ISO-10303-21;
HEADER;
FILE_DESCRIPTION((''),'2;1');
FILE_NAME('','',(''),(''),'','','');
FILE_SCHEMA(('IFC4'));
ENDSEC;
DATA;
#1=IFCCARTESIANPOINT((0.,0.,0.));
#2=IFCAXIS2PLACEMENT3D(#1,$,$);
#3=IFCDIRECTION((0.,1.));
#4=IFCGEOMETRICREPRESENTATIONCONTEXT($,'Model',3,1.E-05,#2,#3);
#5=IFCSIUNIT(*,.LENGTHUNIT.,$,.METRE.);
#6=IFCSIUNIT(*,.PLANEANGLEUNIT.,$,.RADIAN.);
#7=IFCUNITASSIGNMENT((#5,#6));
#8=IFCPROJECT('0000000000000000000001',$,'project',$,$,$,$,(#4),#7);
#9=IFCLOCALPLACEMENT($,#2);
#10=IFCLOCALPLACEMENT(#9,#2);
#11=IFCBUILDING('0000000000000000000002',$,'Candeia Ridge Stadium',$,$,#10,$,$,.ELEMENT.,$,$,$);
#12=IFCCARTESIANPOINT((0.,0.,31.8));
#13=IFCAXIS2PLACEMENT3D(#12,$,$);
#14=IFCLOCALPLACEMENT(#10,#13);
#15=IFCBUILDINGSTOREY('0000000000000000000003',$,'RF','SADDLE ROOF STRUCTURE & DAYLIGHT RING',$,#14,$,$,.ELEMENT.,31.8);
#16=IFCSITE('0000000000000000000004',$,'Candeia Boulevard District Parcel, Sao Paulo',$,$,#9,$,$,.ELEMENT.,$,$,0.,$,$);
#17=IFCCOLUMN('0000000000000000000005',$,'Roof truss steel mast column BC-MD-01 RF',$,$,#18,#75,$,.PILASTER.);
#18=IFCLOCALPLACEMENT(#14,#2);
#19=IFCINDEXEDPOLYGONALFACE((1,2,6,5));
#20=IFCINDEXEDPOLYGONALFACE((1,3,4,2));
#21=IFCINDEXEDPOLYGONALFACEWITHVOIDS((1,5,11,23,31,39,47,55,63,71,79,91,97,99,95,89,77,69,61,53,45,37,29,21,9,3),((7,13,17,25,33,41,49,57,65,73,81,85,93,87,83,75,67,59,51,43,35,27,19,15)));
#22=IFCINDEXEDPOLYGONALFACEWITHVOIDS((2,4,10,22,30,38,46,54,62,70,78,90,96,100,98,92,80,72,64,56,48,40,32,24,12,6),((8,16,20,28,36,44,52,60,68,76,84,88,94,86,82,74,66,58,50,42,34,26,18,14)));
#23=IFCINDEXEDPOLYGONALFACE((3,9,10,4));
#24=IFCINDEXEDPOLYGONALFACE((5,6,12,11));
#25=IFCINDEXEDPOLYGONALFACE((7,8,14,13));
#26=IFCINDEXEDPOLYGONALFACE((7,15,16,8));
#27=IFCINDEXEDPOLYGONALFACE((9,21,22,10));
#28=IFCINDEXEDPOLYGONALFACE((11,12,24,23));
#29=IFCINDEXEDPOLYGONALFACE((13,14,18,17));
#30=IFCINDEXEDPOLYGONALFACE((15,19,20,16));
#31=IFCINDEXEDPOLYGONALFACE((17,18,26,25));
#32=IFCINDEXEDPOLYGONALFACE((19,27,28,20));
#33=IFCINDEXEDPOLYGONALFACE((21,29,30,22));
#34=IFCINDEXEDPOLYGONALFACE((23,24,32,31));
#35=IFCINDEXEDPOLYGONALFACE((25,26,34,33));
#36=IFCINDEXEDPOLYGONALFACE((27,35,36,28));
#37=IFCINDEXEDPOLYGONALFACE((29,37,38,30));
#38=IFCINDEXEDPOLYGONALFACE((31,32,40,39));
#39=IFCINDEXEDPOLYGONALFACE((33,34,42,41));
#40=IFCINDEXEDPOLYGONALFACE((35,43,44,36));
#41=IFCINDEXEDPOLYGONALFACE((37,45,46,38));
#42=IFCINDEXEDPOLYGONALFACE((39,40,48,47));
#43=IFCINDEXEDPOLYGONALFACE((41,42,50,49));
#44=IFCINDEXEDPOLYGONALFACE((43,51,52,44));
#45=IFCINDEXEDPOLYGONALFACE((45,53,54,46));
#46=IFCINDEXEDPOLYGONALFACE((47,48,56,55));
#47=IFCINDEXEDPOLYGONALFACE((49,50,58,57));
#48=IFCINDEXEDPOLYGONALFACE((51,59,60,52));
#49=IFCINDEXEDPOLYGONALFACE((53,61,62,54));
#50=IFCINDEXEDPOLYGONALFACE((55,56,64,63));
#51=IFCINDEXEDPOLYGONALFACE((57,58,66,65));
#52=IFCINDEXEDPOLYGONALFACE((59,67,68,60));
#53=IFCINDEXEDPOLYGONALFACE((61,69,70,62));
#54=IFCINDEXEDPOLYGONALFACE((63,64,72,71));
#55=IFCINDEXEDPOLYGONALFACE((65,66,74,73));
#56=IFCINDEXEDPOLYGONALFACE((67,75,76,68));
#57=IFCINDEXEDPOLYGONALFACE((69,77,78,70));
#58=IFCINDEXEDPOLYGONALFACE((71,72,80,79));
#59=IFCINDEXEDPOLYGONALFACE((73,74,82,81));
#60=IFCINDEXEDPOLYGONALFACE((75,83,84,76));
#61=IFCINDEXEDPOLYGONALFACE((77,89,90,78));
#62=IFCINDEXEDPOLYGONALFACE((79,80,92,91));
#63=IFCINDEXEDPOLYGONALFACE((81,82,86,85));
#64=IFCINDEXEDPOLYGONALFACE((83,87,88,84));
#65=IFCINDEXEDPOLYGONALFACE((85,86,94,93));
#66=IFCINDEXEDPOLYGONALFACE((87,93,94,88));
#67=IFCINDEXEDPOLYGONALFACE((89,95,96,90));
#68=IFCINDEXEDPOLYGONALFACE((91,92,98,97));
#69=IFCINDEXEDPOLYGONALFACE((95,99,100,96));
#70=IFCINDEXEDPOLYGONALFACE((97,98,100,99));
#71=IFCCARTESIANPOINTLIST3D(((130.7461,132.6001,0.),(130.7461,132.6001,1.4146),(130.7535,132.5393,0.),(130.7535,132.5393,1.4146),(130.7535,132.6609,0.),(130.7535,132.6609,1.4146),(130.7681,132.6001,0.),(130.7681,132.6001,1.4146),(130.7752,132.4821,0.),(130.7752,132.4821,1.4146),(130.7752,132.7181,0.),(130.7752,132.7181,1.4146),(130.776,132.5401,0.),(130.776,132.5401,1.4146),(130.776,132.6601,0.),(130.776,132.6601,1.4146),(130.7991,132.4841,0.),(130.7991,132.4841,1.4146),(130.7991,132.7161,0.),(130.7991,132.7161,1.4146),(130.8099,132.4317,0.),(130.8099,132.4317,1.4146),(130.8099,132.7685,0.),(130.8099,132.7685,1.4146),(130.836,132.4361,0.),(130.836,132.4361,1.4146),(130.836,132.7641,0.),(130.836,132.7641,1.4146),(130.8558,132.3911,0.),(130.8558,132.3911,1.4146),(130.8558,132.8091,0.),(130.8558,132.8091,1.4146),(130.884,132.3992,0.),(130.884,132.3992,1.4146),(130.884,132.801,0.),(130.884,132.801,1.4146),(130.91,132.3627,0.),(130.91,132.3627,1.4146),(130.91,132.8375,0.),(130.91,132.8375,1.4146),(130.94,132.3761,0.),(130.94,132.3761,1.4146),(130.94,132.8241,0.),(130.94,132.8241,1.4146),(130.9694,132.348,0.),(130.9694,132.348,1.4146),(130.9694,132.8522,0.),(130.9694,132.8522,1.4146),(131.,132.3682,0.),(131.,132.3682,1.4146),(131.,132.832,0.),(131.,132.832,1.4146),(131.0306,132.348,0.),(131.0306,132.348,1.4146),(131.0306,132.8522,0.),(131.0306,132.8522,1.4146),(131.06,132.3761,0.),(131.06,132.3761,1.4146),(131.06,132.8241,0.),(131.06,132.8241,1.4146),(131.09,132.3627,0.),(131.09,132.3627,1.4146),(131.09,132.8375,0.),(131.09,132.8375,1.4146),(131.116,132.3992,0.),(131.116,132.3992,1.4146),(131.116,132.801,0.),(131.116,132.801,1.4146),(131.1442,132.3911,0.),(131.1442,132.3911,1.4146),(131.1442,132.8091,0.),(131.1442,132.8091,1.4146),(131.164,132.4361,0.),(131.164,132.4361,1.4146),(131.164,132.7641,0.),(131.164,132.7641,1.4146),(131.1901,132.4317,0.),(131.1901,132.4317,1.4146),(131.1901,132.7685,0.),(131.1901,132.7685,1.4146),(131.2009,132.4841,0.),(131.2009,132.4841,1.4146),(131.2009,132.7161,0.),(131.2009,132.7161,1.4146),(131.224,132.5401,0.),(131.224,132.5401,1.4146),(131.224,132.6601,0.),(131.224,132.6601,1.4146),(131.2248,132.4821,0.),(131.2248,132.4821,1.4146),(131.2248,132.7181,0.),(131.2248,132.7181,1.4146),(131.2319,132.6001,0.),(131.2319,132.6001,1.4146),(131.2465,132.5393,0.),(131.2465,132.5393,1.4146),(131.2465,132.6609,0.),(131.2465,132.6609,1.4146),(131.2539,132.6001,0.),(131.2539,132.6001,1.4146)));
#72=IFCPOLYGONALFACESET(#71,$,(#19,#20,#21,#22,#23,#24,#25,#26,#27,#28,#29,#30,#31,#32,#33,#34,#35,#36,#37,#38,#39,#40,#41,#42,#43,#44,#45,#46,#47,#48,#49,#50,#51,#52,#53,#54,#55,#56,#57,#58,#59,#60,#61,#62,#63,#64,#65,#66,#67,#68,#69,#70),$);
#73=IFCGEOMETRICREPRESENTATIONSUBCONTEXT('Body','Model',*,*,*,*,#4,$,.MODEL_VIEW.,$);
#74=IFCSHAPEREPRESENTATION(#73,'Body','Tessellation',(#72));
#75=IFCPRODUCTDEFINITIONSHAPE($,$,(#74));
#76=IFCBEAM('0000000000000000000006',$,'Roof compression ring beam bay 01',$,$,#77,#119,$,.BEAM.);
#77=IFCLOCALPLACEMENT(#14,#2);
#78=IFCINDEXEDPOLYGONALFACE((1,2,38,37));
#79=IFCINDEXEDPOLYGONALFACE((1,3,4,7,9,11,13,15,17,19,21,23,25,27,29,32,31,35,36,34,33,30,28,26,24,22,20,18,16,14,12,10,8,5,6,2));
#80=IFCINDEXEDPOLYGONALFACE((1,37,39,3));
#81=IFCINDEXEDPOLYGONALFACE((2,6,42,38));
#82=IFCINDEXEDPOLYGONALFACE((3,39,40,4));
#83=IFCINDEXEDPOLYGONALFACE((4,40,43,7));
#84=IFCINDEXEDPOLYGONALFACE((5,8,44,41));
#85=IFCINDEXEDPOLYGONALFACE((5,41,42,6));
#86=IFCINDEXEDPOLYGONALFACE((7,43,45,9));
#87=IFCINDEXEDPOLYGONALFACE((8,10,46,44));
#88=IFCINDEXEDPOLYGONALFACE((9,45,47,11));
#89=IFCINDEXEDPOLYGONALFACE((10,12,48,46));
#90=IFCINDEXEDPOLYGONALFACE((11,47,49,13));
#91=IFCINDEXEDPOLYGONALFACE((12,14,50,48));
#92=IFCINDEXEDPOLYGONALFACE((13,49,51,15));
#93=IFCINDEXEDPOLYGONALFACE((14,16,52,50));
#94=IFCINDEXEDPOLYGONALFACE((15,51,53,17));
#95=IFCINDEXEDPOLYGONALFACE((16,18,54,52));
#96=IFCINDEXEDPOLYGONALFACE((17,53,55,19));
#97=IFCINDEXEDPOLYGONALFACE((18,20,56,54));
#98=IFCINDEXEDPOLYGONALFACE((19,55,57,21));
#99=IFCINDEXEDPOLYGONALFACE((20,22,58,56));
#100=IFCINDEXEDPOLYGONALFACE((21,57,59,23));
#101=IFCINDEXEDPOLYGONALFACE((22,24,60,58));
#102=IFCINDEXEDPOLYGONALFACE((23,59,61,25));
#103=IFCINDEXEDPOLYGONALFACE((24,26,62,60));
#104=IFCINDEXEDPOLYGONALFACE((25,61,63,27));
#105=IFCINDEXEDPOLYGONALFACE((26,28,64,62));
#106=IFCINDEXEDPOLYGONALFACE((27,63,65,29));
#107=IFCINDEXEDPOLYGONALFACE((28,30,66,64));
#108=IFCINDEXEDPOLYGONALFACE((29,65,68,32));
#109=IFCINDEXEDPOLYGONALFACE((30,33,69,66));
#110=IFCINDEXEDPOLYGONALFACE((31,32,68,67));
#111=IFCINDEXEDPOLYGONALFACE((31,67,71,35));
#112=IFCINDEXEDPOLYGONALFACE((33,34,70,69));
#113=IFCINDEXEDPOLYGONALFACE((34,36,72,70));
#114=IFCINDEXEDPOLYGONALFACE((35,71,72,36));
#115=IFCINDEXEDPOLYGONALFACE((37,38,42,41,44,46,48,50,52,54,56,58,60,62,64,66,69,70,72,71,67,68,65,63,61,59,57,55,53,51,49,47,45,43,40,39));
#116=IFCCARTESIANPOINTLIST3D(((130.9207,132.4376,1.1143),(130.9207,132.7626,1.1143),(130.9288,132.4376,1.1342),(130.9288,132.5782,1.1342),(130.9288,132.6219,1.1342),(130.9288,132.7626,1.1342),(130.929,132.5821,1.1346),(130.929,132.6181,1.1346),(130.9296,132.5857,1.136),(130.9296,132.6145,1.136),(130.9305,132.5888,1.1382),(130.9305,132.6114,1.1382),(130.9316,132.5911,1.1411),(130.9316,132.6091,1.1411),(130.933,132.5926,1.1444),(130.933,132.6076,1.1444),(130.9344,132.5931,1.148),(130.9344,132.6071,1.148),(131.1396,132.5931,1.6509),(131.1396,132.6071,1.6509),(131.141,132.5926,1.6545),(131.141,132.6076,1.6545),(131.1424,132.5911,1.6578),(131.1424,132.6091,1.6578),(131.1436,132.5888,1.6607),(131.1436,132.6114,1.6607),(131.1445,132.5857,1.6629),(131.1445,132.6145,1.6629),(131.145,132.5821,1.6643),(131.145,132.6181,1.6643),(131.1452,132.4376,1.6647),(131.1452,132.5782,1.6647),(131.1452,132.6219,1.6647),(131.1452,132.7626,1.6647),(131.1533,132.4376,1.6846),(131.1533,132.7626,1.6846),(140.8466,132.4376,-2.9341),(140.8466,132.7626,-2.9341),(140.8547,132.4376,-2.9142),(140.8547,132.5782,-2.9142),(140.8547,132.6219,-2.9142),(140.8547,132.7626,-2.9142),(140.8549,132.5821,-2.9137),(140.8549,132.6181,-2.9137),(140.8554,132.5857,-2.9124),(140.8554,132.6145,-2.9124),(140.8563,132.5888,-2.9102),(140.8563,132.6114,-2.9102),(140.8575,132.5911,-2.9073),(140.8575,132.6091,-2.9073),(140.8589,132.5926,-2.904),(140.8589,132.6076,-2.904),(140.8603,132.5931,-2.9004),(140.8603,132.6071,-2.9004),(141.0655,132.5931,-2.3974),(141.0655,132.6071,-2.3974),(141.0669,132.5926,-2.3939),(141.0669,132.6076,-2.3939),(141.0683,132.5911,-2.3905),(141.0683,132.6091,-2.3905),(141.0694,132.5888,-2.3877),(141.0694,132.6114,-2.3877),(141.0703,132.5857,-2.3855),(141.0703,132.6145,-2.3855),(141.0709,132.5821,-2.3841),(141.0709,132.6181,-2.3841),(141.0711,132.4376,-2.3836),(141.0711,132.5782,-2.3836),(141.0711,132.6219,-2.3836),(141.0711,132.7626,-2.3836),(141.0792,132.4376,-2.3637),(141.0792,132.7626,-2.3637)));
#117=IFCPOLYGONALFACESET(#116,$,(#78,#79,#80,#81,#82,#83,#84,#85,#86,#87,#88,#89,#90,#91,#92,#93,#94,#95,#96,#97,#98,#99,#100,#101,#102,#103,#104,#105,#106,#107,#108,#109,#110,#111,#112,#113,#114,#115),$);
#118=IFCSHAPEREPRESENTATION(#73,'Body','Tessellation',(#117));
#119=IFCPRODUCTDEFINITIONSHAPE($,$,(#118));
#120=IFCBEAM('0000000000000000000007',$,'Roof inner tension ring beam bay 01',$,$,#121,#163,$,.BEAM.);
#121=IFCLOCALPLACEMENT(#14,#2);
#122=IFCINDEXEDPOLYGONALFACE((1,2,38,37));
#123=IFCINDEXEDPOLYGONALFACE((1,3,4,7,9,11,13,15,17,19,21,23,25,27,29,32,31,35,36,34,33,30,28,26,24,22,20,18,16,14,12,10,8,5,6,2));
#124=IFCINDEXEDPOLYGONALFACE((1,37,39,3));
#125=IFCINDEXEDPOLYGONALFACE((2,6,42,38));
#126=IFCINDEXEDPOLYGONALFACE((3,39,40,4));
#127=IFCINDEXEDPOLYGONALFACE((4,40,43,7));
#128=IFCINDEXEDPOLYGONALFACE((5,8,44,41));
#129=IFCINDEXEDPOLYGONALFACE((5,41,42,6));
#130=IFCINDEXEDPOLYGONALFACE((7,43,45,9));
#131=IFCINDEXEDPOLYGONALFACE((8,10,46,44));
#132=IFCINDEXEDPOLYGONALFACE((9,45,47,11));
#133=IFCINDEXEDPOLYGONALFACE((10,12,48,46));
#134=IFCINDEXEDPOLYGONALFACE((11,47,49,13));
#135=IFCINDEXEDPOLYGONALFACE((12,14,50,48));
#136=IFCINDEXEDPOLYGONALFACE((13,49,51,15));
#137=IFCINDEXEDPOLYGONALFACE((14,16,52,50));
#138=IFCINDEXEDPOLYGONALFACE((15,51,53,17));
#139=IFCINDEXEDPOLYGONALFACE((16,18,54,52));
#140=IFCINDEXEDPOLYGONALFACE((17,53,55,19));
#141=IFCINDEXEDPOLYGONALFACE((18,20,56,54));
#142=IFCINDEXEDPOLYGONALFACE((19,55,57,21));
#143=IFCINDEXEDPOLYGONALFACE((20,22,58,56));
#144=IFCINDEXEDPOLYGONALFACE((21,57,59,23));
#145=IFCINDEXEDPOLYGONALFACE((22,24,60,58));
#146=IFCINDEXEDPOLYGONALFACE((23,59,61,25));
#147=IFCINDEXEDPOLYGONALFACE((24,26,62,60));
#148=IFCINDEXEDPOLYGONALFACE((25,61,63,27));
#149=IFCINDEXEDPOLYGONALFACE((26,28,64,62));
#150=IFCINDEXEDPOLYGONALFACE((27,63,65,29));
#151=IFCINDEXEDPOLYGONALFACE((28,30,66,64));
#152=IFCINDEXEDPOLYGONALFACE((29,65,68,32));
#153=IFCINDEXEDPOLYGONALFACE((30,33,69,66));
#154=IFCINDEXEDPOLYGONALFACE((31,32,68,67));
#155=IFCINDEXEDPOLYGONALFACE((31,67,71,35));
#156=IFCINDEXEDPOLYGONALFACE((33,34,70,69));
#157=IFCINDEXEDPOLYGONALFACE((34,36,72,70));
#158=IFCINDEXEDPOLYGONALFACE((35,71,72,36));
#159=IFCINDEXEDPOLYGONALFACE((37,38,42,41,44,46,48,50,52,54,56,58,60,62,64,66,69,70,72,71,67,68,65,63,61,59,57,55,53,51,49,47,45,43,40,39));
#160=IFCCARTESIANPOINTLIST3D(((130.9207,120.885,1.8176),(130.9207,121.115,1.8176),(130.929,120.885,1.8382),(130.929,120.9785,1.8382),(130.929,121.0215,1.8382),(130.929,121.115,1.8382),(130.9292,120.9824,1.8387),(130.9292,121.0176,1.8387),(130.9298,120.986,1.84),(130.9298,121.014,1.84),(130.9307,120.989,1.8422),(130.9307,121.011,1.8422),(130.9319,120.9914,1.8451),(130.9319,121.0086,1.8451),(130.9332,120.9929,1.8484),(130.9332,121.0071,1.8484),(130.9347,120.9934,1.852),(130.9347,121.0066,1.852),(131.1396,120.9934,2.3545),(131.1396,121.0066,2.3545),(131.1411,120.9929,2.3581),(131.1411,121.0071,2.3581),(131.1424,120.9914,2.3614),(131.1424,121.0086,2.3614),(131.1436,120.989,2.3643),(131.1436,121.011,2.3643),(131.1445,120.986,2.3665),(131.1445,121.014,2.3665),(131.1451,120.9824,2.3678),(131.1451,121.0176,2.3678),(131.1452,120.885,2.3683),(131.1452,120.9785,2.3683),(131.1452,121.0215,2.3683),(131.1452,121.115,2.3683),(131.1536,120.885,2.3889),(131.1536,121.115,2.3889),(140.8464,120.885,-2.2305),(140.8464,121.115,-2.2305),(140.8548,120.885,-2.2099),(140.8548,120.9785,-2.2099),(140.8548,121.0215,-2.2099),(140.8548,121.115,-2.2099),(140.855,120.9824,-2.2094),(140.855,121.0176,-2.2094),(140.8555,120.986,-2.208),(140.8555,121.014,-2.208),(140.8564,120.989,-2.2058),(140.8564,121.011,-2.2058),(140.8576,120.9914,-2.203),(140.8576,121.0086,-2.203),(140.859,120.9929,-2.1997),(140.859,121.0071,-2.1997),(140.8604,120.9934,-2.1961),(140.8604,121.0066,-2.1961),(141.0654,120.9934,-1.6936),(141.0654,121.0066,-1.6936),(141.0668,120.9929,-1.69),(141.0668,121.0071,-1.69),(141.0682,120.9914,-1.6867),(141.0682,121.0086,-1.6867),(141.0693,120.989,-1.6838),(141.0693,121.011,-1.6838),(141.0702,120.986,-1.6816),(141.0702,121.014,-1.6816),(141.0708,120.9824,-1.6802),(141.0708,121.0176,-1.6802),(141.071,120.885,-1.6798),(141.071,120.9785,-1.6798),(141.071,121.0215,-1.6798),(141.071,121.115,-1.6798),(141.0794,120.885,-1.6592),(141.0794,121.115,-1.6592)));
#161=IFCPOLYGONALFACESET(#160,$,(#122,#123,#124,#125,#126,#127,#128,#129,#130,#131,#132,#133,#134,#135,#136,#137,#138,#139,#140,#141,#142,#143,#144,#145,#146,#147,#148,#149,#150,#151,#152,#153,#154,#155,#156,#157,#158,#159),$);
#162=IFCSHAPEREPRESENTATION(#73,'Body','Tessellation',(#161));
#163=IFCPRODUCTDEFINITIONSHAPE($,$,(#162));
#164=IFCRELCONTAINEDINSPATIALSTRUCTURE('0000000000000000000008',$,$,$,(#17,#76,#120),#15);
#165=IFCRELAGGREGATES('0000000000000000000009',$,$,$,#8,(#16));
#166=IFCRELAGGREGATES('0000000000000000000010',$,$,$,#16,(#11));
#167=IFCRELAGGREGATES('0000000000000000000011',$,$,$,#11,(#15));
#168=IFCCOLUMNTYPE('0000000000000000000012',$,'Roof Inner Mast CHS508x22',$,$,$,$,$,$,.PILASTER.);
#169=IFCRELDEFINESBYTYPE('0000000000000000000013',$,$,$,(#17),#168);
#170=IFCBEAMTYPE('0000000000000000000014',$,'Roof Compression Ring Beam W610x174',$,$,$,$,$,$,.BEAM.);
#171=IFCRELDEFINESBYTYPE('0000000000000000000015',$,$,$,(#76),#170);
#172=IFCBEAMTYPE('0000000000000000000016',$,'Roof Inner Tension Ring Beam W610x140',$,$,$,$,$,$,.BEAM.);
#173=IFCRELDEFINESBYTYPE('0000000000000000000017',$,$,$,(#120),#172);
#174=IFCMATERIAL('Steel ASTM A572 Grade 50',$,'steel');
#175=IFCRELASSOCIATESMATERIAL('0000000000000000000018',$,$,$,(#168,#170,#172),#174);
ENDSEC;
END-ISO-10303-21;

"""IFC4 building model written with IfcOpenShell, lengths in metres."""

from ifc_helpers import new_model, si_unit, direction, frame, origin, origin_2d, place, context, subcontext, project, spatial, hollow_circle, i_section, extrude, material, material_profile, profile_set, type_object, element, save


model = new_model("IFC4")

# Units and contexts
model_context = context("Model", 3, precision=1e-05, world=origin(), true_north=direction((0.0, 1.0)))
body_context = subcontext(model_context, "Body", "Model", "MODEL_VIEW")
ifc_project = project(units=[si_unit("LENGTHUNIT", "METRE"), si_unit("PLANEANGLEUNIT", "RADIAN")], contexts=[model_context])

# Site, building, storey
site_placement = place(None, origin())
site = spatial("IfcSite", under=ifc_project, at=site_placement, Name="Candeia Boulevard District Parcel, Sao Paulo", CompositionType="ELEMENT", RefElevation=0.0)
building_placement = place(site_placement, origin())
building = spatial("IfcBuilding", under=site, at=building_placement, Name="Candeia Ridge Stadium", CompositionType="ELEMENT")
storey_placement = place(building_placement, frame((0.0, 0.0, 31.8)))
storey = spatial("IfcBuildingStorey", under=building, at=storey_placement, Name="RF", Description="SADDLE ROOF STRUCTURE & DAYLIGHT RING", CompositionType="ELEMENT", Elevation=31.8)

# Column
ifc_material_1 = material(Name="Steel ASTM A572 Grade 50", Category="steel")
ifc_material_profile_1 = material_profile(ifc_material_1, hollow_circle(Radius=0.2539, WallThickness=0.022, at=origin_2d()), Name="CHS508x22", Category="steel")
ifc_profile_set_1 = profile_set([ifc_material_profile_1], Name="Steel ASTM A572 Grade 50")
column_type = type_object("IfcColumnType", Name="Roof Inner Mast CHS508x22", PredefinedType="PILASTER", material=ifc_profile_set_1)
column_placement = place(storey_placement, frame((131.0, 132.6001, 0.0), z_axis=(0.0, 0.0, 1.0), x_axis=(1.0, 0.0, 0.0)))
element("IfcColumn", 1, at=column_placement, inside=storey, type_object=column_type, Name="Roof truss steel mast column BC-MD-01 RF", PredefinedType="PILASTER", context=body_context, shape_type="SweptSolid", body=[
    extrude(hollow_circle(Radius=0.2539, WallThickness=0.022, at=origin_2d()), origin(), (0.0, 0.0, 1.0), 1.4146),
])

# Beams
ifc_material_profile_2 = material_profile(ifc_material_1, i_section(OverallWidth=0.325, OverallDepth=0.616, WebThickness=0.0139, FlangeThickness=0.0215, FilletRadius=0.0149, at=origin_2d()), Name="W610x174", Category="steel")
ifc_profile_set_2 = profile_set([ifc_material_profile_2], Name="Steel ASTM A572 Grade 50")
beam_type_1 = type_object("IfcBeamType", Name="Roof Compression Ring Beam W610x174", PredefinedType="BEAM", material=ifc_profile_set_2)
beam_1_placement = place(storey_placement, frame((140.9629, 132.6001, -2.6489), z_axis=(-0.925946, 0.0, 0.377657), x_axis=(0.0, -1.0, 0.0)))
element("IfcBeam", 2, at=beam_1_placement, inside=storey, type_object=beam_type_1, Name="Roof compression ring beam bay 01", PredefinedType="BEAM", context=body_context, shape_type="SweptSolid", body=[
    extrude(i_section(OverallWidth=0.325, OverallDepth=0.616, WebThickness=0.0139, FlangeThickness=0.0215, FilletRadius=0.0149, at=origin_2d()), origin(), (0.0, 0.0, 1.0), 10.7197),
])
ifc_material_profile_3 = material_profile(ifc_material_1, i_section(OverallWidth=0.23, OverallDepth=0.6169, WebThickness=0.0132, FlangeThickness=0.0222, FilletRadius=0.0149, at=origin_2d()), Name="W610x140", Category="steel")
ifc_profile_set_3 = profile_set([ifc_material_profile_3], Name="Steel ASTM A572 Grade 50")
beam_type_2 = type_object("IfcBeamType", Name="Roof Inner Tension Ring Beam W610x140", PredefinedType="BEAM", material=ifc_profile_set_3)
beam_2_placement = place(storey_placement, frame((140.9629, 121.0, -1.9448), z_axis=(-0.925953, 0.0, 0.377638), x_axis=(0.0, -1.0, 0.0)))
element("IfcBeam", 3, at=beam_2_placement, inside=storey, type_object=beam_type_2, Name="Roof inner tension ring beam bay 01", PredefinedType="BEAM", context=body_context, shape_type="SweptSolid", body=[
    extrude(i_section(OverallWidth=0.23, OverallDepth=0.6169, WebThickness=0.0132, FlangeThickness=0.0222, FilletRadius=0.0149, at=origin_2d()), origin(), (0.0, 0.0, 1.0), 10.7195),
])

save(model, "model.ifc")
